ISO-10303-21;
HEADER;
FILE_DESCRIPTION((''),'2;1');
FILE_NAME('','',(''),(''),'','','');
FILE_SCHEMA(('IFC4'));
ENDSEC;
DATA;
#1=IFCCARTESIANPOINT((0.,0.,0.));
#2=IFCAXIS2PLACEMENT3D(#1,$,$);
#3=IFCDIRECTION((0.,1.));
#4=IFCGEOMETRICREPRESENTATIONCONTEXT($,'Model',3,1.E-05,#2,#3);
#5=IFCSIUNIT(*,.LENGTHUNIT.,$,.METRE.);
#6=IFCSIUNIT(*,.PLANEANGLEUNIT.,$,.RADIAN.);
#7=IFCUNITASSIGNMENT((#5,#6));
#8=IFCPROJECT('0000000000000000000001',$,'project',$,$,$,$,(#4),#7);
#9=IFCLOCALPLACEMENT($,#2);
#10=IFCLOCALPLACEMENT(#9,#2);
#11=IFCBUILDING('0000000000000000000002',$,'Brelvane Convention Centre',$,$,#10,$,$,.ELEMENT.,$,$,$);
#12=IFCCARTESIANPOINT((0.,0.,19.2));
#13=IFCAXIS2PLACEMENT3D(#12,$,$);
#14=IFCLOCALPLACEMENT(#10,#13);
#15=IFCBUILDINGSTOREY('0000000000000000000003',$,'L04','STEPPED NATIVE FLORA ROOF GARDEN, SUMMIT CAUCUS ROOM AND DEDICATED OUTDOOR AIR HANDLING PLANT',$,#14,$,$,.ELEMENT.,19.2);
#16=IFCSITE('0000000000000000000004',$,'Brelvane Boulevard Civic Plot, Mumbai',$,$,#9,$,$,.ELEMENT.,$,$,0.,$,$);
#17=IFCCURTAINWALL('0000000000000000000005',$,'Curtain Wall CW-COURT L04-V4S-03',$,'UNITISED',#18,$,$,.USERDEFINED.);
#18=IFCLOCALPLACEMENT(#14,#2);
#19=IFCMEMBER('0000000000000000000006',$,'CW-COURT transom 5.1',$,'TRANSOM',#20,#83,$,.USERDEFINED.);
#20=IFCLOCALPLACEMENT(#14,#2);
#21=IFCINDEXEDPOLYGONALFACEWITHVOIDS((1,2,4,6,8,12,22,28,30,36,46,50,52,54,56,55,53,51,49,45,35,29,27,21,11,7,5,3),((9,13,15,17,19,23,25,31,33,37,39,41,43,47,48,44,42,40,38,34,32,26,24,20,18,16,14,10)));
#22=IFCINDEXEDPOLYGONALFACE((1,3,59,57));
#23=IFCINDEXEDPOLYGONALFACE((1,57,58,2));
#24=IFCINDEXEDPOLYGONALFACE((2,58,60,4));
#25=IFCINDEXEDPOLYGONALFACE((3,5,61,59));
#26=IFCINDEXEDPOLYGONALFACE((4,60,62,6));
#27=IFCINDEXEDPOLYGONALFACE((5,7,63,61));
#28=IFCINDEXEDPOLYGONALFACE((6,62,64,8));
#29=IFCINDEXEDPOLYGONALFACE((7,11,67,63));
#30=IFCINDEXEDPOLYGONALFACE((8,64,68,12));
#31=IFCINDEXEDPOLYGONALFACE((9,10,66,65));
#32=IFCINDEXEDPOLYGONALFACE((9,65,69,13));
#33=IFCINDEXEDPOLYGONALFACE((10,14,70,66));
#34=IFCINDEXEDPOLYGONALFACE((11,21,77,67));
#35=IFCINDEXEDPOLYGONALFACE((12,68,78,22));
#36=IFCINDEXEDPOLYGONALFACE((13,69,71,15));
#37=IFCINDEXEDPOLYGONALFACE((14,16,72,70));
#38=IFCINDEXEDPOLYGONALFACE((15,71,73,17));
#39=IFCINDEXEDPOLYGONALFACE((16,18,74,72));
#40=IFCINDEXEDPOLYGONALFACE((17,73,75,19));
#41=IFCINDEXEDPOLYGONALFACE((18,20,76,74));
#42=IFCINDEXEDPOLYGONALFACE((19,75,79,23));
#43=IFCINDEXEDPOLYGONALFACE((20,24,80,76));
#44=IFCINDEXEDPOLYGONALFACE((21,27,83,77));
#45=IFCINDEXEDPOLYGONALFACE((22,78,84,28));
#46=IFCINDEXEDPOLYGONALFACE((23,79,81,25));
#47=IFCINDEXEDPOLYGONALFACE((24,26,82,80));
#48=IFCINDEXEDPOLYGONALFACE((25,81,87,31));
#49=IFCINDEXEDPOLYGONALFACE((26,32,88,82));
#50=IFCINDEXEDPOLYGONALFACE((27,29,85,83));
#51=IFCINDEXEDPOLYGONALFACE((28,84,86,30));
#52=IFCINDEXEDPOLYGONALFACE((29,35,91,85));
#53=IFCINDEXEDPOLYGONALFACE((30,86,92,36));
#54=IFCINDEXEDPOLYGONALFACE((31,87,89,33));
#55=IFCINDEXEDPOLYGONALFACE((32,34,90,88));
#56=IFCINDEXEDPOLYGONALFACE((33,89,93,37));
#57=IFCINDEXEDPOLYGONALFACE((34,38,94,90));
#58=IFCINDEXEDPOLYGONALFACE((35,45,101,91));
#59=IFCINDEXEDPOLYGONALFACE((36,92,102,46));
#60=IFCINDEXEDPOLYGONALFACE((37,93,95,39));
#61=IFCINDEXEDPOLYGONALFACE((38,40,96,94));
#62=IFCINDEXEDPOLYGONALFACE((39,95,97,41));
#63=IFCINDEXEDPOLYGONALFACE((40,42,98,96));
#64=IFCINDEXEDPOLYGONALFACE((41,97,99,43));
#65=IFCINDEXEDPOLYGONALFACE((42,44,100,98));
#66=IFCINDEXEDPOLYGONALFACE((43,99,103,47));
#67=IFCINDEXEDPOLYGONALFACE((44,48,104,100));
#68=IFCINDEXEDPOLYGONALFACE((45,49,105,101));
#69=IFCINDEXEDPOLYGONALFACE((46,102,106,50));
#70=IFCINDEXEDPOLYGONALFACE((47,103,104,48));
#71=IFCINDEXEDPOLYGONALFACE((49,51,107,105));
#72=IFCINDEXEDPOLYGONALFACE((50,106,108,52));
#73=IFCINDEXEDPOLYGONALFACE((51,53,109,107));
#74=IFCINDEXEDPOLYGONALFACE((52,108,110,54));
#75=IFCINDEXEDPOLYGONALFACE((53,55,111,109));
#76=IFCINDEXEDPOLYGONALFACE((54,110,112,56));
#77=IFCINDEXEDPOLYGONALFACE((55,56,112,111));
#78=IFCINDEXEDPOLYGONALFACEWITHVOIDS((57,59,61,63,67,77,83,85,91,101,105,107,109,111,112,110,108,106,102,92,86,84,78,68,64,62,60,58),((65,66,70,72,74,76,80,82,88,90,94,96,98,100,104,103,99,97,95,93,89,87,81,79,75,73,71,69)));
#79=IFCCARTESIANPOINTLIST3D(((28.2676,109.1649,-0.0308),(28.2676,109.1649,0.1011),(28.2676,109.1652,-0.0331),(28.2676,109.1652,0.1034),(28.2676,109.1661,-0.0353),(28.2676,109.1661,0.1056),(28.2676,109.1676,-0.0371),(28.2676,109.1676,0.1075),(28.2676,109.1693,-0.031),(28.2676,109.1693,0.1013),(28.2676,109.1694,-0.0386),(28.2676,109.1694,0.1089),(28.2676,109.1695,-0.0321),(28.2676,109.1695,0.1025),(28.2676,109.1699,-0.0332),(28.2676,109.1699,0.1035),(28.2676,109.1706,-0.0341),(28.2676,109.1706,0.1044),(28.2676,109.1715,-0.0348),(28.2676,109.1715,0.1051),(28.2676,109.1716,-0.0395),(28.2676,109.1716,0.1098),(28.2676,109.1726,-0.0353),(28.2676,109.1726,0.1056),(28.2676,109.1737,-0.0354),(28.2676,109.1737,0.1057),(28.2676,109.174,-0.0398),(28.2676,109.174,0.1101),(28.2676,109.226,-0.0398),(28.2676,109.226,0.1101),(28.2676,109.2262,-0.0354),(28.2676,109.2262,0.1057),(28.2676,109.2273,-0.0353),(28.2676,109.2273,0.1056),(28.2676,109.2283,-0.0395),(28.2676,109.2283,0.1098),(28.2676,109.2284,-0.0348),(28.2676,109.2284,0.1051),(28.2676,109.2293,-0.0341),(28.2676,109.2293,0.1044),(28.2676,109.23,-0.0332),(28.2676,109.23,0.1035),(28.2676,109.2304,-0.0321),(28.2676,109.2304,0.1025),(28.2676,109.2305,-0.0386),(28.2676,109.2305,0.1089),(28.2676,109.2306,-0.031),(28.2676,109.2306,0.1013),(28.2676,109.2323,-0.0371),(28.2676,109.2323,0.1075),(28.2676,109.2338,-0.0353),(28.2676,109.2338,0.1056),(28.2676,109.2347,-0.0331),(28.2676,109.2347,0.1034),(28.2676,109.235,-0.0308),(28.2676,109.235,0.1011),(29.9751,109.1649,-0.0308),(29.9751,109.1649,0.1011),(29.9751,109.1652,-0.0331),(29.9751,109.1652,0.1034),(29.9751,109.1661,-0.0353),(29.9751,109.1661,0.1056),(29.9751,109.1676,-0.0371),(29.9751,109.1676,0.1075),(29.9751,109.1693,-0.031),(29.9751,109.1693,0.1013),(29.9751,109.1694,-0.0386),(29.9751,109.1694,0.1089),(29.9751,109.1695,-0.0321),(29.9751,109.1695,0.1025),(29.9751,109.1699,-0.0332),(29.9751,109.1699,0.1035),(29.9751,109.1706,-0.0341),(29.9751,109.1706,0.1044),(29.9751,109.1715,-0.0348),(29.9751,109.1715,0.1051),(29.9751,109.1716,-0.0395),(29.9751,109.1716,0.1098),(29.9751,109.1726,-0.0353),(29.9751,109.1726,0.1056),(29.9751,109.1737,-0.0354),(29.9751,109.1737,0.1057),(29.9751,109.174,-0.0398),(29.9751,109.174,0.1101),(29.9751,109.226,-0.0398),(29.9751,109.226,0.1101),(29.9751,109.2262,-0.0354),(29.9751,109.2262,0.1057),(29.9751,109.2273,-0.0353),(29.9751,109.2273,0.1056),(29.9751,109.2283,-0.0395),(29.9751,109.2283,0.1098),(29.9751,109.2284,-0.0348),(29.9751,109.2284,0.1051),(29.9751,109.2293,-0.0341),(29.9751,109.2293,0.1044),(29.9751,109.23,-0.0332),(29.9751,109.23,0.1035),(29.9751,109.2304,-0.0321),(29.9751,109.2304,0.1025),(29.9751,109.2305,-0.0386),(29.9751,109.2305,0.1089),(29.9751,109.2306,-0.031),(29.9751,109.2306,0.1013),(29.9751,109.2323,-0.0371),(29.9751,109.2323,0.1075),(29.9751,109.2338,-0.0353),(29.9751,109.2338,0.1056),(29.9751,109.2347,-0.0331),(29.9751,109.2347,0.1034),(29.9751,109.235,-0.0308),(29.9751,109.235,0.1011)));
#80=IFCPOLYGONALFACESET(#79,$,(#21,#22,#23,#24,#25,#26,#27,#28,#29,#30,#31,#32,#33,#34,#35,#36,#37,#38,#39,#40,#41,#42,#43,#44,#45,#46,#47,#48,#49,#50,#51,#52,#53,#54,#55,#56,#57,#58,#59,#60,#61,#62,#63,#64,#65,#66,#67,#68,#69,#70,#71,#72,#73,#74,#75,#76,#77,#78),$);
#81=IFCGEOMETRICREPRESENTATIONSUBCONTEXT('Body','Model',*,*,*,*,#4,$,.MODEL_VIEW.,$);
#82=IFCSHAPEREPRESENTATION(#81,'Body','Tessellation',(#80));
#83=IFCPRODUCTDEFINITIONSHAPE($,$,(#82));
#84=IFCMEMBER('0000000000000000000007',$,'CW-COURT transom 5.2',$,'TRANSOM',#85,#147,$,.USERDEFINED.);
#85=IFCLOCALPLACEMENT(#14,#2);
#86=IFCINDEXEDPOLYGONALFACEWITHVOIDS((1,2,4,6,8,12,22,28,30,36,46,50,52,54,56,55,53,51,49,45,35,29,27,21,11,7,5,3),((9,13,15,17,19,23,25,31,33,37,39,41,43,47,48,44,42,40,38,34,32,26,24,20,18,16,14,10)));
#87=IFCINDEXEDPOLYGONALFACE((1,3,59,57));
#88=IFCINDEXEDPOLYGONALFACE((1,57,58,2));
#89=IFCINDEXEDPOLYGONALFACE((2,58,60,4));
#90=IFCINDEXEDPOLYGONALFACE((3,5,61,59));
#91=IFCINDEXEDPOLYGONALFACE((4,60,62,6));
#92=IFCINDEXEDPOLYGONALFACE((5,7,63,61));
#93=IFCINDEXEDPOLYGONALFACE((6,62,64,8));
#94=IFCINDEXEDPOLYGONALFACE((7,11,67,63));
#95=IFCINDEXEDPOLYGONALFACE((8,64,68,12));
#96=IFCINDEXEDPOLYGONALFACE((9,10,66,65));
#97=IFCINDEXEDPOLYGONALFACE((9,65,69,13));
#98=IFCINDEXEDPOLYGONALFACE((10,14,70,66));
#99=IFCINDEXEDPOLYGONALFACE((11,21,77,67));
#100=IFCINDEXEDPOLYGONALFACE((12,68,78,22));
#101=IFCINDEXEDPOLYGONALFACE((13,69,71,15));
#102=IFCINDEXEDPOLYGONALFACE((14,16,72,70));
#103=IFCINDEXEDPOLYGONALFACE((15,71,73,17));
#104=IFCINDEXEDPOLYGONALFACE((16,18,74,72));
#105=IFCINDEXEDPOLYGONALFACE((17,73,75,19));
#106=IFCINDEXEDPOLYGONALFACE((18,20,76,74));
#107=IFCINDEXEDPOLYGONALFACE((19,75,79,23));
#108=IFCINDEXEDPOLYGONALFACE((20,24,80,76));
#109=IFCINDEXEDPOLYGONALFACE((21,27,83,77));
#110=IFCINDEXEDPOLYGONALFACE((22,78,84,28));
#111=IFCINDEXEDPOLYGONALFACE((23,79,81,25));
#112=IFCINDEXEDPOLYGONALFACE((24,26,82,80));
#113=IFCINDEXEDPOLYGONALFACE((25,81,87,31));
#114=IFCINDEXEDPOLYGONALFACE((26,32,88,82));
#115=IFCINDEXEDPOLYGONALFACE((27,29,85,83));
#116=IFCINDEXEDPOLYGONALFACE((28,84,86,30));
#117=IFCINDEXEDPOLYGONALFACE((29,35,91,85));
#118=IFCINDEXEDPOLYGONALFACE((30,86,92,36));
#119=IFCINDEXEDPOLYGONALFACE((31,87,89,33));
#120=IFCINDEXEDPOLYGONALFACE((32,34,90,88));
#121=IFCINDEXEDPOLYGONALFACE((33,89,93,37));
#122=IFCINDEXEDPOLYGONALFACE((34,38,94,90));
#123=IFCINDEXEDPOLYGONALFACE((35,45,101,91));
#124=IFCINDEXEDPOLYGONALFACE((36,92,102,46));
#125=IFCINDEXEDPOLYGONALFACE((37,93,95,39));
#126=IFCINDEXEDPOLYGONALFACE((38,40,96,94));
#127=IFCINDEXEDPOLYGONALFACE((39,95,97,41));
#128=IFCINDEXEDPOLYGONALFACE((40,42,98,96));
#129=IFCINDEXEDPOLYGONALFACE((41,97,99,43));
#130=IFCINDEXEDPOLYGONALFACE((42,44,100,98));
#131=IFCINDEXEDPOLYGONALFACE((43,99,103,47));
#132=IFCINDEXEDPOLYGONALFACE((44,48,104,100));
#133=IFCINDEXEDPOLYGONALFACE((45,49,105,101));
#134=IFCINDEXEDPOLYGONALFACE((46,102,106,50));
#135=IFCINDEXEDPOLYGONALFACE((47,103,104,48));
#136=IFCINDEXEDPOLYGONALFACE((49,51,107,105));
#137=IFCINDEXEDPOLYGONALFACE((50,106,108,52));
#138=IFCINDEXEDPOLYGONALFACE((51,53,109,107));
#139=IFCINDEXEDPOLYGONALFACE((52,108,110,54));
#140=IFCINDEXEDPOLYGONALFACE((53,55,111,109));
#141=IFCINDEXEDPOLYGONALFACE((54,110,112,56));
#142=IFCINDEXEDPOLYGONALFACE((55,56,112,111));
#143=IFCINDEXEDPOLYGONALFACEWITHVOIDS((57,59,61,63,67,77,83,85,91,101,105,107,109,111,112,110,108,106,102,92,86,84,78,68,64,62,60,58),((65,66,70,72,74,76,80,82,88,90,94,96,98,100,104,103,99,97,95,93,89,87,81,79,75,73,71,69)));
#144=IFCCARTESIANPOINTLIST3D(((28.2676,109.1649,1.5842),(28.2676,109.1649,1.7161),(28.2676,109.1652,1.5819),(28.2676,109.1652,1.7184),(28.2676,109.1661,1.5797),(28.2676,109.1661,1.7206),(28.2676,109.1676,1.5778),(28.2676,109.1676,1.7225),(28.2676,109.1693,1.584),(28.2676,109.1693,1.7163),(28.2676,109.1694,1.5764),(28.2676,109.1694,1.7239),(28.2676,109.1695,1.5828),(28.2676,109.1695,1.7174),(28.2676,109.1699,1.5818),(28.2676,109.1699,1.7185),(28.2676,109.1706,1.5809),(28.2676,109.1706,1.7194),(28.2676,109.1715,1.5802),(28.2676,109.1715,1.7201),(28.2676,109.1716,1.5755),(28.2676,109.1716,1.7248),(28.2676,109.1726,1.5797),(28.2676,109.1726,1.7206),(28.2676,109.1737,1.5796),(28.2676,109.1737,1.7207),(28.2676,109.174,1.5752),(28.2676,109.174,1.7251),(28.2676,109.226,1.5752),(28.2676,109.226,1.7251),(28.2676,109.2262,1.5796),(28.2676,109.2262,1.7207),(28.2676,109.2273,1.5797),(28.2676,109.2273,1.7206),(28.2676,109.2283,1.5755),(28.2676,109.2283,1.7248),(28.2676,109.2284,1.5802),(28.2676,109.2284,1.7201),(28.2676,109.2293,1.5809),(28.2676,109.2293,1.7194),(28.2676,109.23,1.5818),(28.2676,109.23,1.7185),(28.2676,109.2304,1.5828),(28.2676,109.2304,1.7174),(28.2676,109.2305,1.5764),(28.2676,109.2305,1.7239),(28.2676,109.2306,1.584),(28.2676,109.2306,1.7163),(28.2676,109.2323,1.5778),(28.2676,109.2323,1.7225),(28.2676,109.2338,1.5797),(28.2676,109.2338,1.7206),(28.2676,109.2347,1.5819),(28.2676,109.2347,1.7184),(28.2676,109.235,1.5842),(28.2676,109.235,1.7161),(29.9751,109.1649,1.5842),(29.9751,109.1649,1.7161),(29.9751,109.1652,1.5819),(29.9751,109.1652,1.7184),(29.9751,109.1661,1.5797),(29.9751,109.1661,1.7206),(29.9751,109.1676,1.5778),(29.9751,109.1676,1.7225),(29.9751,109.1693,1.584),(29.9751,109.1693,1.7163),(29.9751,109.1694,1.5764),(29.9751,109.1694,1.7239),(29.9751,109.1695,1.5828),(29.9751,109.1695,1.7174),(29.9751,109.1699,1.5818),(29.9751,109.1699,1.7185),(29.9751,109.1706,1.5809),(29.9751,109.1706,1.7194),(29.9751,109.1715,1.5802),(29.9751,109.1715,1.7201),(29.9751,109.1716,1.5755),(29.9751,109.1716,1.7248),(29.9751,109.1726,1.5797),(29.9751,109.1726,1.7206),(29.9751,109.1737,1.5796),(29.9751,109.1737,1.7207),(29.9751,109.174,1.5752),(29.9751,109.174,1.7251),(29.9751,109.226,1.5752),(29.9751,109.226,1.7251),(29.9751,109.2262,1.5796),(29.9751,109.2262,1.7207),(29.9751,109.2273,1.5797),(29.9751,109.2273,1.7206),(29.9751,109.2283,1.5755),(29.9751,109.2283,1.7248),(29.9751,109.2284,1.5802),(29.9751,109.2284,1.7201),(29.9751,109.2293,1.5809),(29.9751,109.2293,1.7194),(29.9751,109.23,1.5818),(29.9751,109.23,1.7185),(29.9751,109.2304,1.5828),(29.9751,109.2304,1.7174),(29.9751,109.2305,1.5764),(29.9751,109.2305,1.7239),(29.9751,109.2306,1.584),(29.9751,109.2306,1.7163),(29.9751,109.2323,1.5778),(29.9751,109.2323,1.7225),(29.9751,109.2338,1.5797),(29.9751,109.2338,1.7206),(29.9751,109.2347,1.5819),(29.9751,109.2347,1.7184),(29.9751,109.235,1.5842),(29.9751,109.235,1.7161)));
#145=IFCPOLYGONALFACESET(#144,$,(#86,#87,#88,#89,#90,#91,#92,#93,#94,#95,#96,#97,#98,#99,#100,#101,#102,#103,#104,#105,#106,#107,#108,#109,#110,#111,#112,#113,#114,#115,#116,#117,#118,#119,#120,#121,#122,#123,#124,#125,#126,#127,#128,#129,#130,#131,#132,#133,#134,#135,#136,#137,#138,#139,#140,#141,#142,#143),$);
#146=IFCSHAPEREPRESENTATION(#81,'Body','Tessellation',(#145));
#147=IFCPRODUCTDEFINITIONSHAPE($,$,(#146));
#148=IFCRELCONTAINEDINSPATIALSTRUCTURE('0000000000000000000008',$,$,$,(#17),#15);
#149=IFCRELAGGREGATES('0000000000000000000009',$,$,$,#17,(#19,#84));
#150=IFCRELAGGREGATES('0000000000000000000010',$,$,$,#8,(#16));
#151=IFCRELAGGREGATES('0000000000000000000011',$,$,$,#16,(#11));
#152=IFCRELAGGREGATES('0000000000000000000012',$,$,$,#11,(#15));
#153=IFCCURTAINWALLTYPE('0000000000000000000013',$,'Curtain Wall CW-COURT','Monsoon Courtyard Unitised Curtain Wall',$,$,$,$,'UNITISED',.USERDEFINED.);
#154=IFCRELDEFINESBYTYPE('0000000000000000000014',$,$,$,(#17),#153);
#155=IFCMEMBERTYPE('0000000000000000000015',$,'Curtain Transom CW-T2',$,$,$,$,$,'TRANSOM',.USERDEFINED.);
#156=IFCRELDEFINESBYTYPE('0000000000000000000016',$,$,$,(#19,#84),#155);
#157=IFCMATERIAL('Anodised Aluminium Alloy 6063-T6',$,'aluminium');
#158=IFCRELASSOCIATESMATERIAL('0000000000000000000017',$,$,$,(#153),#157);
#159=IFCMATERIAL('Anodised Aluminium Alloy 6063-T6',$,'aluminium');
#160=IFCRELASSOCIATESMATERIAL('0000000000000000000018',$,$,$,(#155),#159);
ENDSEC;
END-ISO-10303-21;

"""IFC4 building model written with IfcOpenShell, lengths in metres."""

from ifc_helpers import new_model, si_unit, direction, frame, origin, origin_2d, place, context, subcontext, project, spatial, hollow_rectangle, extrude, material, material_profile, profile_set, type_object, element, aggregate, save


model = new_model("IFC4")

# Units and contexts
model_context = context("Model", 3, precision=1e-05, world=origin(), true_north=direction((0.0, 1.0)))
body_context = subcontext(model_context, "Body", "Model", "MODEL_VIEW")
ifc_project = project(units=[si_unit("LENGTHUNIT", "METRE"), si_unit("PLANEANGLEUNIT", "RADIAN")], contexts=[model_context])

# Site, building, storey
site_placement = place(None, origin())
site = spatial("IfcSite", under=ifc_project, at=site_placement, Name="Brelvane Boulevard Civic Plot, Mumbai", CompositionType="ELEMENT", RefElevation=0.0)
building_placement = place(site_placement, origin())
building = spatial("IfcBuilding", under=site, at=building_placement, Name="Brelvane Convention Centre", CompositionType="ELEMENT")
storey_placement = place(building_placement, frame((0.0, 0.0, 19.2)))
storey = spatial("IfcBuildingStorey", under=building, at=storey_placement, Name="L04", Description="STEPPED NATIVE FLORA ROOF GARDEN, SUMMIT CAUCUS ROOM AND DEDICATED OUTDOOR AIR HANDLING PLANT", CompositionType="ELEMENT", Elevation=19.2)

# Curtain wall, members
ifc_material_1 = material(Name="Anodised Aluminium Alloy 6063-T6", Category="aluminium")
curtain_wall_type = type_object("IfcCurtainWallType", Name="Curtain Wall CW-COURT", Description="Monsoon Courtyard Unitised Curtain Wall", ElementType="UNITISED", PredefinedType="USERDEFINED", material=ifc_material_1)
curtain_wall_placement = place(storey_placement, origin())
curtain_wall = element("IfcCurtainWall", 1, at=curtain_wall_placement, inside=storey, type_object=curtain_wall_type, Name="Curtain Wall CW-COURT L04-V4S-03", ObjectType="UNITISED", PredefinedType="USERDEFINED")
ifc_material_2 = material(Name="Anodised Aluminium Alloy 6063-T6", Category="aluminium")
ifc_material_profile_1 = material_profile(ifc_material_2, hollow_rectangle(XDim=0.0701, YDim=0.1499, WallThickness=0.0044, InnerFilletRadius=0.0044, OuterFilletRadius=0.009, at=origin_2d()), Name="ALU-T 150x70x4.5")
ifc_profile_set_1 = profile_set([ifc_material_profile_1], Name="Anodised Aluminium Alloy 6063-T6")
member_type_1 = type_object("IfcMemberType", Name="Curtain Transom CW-T2", ElementType="TRANSOM", PredefinedType="USERDEFINED", material=ifc_profile_set_1)
member_1_placement = place(storey_placement, frame((28.2676, 109.2, 0.0352), z_axis=(1.0, 0.0, 0.0), x_axis=(0.0, 1.0, 0.0)))
member_1 = element("IfcMember", 2, at=member_1_placement, type_object=member_type_1, Name="CW-COURT transom 5.1", ObjectType="TRANSOM", PredefinedType="USERDEFINED", context=body_context, shape_type="SweptSolid", body=[
    extrude(hollow_rectangle(XDim=0.0701, YDim=0.1499, WallThickness=0.0044, InnerFilletRadius=0.0044, OuterFilletRadius=0.009, at=origin_2d()), origin(), (0.0, 0.0, 1.0), 1.7075),
])
member_2_placement = place(storey_placement, frame((28.2676, 109.2, 1.6501), z_axis=(1.0, 0.0, 0.0), x_axis=(0.0, 1.0, 0.0)))
member_2 = element("IfcMember", 3, at=member_2_placement, type_object=member_type_1, Name="CW-COURT transom 5.2", ObjectType="TRANSOM", PredefinedType="USERDEFINED", context=body_context, shape_type="SweptSolid", body=[
    extrude(hollow_rectangle(XDim=0.0701, YDim=0.1499, WallThickness=0.0044, InnerFilletRadius=0.0044, OuterFilletRadius=0.009, at=origin_2d()), origin(), (0.0, 0.0, 1.0), 1.7075),
])
aggregate(curtain_wall, [member_1, member_2])

save(model, "model.ifc")
